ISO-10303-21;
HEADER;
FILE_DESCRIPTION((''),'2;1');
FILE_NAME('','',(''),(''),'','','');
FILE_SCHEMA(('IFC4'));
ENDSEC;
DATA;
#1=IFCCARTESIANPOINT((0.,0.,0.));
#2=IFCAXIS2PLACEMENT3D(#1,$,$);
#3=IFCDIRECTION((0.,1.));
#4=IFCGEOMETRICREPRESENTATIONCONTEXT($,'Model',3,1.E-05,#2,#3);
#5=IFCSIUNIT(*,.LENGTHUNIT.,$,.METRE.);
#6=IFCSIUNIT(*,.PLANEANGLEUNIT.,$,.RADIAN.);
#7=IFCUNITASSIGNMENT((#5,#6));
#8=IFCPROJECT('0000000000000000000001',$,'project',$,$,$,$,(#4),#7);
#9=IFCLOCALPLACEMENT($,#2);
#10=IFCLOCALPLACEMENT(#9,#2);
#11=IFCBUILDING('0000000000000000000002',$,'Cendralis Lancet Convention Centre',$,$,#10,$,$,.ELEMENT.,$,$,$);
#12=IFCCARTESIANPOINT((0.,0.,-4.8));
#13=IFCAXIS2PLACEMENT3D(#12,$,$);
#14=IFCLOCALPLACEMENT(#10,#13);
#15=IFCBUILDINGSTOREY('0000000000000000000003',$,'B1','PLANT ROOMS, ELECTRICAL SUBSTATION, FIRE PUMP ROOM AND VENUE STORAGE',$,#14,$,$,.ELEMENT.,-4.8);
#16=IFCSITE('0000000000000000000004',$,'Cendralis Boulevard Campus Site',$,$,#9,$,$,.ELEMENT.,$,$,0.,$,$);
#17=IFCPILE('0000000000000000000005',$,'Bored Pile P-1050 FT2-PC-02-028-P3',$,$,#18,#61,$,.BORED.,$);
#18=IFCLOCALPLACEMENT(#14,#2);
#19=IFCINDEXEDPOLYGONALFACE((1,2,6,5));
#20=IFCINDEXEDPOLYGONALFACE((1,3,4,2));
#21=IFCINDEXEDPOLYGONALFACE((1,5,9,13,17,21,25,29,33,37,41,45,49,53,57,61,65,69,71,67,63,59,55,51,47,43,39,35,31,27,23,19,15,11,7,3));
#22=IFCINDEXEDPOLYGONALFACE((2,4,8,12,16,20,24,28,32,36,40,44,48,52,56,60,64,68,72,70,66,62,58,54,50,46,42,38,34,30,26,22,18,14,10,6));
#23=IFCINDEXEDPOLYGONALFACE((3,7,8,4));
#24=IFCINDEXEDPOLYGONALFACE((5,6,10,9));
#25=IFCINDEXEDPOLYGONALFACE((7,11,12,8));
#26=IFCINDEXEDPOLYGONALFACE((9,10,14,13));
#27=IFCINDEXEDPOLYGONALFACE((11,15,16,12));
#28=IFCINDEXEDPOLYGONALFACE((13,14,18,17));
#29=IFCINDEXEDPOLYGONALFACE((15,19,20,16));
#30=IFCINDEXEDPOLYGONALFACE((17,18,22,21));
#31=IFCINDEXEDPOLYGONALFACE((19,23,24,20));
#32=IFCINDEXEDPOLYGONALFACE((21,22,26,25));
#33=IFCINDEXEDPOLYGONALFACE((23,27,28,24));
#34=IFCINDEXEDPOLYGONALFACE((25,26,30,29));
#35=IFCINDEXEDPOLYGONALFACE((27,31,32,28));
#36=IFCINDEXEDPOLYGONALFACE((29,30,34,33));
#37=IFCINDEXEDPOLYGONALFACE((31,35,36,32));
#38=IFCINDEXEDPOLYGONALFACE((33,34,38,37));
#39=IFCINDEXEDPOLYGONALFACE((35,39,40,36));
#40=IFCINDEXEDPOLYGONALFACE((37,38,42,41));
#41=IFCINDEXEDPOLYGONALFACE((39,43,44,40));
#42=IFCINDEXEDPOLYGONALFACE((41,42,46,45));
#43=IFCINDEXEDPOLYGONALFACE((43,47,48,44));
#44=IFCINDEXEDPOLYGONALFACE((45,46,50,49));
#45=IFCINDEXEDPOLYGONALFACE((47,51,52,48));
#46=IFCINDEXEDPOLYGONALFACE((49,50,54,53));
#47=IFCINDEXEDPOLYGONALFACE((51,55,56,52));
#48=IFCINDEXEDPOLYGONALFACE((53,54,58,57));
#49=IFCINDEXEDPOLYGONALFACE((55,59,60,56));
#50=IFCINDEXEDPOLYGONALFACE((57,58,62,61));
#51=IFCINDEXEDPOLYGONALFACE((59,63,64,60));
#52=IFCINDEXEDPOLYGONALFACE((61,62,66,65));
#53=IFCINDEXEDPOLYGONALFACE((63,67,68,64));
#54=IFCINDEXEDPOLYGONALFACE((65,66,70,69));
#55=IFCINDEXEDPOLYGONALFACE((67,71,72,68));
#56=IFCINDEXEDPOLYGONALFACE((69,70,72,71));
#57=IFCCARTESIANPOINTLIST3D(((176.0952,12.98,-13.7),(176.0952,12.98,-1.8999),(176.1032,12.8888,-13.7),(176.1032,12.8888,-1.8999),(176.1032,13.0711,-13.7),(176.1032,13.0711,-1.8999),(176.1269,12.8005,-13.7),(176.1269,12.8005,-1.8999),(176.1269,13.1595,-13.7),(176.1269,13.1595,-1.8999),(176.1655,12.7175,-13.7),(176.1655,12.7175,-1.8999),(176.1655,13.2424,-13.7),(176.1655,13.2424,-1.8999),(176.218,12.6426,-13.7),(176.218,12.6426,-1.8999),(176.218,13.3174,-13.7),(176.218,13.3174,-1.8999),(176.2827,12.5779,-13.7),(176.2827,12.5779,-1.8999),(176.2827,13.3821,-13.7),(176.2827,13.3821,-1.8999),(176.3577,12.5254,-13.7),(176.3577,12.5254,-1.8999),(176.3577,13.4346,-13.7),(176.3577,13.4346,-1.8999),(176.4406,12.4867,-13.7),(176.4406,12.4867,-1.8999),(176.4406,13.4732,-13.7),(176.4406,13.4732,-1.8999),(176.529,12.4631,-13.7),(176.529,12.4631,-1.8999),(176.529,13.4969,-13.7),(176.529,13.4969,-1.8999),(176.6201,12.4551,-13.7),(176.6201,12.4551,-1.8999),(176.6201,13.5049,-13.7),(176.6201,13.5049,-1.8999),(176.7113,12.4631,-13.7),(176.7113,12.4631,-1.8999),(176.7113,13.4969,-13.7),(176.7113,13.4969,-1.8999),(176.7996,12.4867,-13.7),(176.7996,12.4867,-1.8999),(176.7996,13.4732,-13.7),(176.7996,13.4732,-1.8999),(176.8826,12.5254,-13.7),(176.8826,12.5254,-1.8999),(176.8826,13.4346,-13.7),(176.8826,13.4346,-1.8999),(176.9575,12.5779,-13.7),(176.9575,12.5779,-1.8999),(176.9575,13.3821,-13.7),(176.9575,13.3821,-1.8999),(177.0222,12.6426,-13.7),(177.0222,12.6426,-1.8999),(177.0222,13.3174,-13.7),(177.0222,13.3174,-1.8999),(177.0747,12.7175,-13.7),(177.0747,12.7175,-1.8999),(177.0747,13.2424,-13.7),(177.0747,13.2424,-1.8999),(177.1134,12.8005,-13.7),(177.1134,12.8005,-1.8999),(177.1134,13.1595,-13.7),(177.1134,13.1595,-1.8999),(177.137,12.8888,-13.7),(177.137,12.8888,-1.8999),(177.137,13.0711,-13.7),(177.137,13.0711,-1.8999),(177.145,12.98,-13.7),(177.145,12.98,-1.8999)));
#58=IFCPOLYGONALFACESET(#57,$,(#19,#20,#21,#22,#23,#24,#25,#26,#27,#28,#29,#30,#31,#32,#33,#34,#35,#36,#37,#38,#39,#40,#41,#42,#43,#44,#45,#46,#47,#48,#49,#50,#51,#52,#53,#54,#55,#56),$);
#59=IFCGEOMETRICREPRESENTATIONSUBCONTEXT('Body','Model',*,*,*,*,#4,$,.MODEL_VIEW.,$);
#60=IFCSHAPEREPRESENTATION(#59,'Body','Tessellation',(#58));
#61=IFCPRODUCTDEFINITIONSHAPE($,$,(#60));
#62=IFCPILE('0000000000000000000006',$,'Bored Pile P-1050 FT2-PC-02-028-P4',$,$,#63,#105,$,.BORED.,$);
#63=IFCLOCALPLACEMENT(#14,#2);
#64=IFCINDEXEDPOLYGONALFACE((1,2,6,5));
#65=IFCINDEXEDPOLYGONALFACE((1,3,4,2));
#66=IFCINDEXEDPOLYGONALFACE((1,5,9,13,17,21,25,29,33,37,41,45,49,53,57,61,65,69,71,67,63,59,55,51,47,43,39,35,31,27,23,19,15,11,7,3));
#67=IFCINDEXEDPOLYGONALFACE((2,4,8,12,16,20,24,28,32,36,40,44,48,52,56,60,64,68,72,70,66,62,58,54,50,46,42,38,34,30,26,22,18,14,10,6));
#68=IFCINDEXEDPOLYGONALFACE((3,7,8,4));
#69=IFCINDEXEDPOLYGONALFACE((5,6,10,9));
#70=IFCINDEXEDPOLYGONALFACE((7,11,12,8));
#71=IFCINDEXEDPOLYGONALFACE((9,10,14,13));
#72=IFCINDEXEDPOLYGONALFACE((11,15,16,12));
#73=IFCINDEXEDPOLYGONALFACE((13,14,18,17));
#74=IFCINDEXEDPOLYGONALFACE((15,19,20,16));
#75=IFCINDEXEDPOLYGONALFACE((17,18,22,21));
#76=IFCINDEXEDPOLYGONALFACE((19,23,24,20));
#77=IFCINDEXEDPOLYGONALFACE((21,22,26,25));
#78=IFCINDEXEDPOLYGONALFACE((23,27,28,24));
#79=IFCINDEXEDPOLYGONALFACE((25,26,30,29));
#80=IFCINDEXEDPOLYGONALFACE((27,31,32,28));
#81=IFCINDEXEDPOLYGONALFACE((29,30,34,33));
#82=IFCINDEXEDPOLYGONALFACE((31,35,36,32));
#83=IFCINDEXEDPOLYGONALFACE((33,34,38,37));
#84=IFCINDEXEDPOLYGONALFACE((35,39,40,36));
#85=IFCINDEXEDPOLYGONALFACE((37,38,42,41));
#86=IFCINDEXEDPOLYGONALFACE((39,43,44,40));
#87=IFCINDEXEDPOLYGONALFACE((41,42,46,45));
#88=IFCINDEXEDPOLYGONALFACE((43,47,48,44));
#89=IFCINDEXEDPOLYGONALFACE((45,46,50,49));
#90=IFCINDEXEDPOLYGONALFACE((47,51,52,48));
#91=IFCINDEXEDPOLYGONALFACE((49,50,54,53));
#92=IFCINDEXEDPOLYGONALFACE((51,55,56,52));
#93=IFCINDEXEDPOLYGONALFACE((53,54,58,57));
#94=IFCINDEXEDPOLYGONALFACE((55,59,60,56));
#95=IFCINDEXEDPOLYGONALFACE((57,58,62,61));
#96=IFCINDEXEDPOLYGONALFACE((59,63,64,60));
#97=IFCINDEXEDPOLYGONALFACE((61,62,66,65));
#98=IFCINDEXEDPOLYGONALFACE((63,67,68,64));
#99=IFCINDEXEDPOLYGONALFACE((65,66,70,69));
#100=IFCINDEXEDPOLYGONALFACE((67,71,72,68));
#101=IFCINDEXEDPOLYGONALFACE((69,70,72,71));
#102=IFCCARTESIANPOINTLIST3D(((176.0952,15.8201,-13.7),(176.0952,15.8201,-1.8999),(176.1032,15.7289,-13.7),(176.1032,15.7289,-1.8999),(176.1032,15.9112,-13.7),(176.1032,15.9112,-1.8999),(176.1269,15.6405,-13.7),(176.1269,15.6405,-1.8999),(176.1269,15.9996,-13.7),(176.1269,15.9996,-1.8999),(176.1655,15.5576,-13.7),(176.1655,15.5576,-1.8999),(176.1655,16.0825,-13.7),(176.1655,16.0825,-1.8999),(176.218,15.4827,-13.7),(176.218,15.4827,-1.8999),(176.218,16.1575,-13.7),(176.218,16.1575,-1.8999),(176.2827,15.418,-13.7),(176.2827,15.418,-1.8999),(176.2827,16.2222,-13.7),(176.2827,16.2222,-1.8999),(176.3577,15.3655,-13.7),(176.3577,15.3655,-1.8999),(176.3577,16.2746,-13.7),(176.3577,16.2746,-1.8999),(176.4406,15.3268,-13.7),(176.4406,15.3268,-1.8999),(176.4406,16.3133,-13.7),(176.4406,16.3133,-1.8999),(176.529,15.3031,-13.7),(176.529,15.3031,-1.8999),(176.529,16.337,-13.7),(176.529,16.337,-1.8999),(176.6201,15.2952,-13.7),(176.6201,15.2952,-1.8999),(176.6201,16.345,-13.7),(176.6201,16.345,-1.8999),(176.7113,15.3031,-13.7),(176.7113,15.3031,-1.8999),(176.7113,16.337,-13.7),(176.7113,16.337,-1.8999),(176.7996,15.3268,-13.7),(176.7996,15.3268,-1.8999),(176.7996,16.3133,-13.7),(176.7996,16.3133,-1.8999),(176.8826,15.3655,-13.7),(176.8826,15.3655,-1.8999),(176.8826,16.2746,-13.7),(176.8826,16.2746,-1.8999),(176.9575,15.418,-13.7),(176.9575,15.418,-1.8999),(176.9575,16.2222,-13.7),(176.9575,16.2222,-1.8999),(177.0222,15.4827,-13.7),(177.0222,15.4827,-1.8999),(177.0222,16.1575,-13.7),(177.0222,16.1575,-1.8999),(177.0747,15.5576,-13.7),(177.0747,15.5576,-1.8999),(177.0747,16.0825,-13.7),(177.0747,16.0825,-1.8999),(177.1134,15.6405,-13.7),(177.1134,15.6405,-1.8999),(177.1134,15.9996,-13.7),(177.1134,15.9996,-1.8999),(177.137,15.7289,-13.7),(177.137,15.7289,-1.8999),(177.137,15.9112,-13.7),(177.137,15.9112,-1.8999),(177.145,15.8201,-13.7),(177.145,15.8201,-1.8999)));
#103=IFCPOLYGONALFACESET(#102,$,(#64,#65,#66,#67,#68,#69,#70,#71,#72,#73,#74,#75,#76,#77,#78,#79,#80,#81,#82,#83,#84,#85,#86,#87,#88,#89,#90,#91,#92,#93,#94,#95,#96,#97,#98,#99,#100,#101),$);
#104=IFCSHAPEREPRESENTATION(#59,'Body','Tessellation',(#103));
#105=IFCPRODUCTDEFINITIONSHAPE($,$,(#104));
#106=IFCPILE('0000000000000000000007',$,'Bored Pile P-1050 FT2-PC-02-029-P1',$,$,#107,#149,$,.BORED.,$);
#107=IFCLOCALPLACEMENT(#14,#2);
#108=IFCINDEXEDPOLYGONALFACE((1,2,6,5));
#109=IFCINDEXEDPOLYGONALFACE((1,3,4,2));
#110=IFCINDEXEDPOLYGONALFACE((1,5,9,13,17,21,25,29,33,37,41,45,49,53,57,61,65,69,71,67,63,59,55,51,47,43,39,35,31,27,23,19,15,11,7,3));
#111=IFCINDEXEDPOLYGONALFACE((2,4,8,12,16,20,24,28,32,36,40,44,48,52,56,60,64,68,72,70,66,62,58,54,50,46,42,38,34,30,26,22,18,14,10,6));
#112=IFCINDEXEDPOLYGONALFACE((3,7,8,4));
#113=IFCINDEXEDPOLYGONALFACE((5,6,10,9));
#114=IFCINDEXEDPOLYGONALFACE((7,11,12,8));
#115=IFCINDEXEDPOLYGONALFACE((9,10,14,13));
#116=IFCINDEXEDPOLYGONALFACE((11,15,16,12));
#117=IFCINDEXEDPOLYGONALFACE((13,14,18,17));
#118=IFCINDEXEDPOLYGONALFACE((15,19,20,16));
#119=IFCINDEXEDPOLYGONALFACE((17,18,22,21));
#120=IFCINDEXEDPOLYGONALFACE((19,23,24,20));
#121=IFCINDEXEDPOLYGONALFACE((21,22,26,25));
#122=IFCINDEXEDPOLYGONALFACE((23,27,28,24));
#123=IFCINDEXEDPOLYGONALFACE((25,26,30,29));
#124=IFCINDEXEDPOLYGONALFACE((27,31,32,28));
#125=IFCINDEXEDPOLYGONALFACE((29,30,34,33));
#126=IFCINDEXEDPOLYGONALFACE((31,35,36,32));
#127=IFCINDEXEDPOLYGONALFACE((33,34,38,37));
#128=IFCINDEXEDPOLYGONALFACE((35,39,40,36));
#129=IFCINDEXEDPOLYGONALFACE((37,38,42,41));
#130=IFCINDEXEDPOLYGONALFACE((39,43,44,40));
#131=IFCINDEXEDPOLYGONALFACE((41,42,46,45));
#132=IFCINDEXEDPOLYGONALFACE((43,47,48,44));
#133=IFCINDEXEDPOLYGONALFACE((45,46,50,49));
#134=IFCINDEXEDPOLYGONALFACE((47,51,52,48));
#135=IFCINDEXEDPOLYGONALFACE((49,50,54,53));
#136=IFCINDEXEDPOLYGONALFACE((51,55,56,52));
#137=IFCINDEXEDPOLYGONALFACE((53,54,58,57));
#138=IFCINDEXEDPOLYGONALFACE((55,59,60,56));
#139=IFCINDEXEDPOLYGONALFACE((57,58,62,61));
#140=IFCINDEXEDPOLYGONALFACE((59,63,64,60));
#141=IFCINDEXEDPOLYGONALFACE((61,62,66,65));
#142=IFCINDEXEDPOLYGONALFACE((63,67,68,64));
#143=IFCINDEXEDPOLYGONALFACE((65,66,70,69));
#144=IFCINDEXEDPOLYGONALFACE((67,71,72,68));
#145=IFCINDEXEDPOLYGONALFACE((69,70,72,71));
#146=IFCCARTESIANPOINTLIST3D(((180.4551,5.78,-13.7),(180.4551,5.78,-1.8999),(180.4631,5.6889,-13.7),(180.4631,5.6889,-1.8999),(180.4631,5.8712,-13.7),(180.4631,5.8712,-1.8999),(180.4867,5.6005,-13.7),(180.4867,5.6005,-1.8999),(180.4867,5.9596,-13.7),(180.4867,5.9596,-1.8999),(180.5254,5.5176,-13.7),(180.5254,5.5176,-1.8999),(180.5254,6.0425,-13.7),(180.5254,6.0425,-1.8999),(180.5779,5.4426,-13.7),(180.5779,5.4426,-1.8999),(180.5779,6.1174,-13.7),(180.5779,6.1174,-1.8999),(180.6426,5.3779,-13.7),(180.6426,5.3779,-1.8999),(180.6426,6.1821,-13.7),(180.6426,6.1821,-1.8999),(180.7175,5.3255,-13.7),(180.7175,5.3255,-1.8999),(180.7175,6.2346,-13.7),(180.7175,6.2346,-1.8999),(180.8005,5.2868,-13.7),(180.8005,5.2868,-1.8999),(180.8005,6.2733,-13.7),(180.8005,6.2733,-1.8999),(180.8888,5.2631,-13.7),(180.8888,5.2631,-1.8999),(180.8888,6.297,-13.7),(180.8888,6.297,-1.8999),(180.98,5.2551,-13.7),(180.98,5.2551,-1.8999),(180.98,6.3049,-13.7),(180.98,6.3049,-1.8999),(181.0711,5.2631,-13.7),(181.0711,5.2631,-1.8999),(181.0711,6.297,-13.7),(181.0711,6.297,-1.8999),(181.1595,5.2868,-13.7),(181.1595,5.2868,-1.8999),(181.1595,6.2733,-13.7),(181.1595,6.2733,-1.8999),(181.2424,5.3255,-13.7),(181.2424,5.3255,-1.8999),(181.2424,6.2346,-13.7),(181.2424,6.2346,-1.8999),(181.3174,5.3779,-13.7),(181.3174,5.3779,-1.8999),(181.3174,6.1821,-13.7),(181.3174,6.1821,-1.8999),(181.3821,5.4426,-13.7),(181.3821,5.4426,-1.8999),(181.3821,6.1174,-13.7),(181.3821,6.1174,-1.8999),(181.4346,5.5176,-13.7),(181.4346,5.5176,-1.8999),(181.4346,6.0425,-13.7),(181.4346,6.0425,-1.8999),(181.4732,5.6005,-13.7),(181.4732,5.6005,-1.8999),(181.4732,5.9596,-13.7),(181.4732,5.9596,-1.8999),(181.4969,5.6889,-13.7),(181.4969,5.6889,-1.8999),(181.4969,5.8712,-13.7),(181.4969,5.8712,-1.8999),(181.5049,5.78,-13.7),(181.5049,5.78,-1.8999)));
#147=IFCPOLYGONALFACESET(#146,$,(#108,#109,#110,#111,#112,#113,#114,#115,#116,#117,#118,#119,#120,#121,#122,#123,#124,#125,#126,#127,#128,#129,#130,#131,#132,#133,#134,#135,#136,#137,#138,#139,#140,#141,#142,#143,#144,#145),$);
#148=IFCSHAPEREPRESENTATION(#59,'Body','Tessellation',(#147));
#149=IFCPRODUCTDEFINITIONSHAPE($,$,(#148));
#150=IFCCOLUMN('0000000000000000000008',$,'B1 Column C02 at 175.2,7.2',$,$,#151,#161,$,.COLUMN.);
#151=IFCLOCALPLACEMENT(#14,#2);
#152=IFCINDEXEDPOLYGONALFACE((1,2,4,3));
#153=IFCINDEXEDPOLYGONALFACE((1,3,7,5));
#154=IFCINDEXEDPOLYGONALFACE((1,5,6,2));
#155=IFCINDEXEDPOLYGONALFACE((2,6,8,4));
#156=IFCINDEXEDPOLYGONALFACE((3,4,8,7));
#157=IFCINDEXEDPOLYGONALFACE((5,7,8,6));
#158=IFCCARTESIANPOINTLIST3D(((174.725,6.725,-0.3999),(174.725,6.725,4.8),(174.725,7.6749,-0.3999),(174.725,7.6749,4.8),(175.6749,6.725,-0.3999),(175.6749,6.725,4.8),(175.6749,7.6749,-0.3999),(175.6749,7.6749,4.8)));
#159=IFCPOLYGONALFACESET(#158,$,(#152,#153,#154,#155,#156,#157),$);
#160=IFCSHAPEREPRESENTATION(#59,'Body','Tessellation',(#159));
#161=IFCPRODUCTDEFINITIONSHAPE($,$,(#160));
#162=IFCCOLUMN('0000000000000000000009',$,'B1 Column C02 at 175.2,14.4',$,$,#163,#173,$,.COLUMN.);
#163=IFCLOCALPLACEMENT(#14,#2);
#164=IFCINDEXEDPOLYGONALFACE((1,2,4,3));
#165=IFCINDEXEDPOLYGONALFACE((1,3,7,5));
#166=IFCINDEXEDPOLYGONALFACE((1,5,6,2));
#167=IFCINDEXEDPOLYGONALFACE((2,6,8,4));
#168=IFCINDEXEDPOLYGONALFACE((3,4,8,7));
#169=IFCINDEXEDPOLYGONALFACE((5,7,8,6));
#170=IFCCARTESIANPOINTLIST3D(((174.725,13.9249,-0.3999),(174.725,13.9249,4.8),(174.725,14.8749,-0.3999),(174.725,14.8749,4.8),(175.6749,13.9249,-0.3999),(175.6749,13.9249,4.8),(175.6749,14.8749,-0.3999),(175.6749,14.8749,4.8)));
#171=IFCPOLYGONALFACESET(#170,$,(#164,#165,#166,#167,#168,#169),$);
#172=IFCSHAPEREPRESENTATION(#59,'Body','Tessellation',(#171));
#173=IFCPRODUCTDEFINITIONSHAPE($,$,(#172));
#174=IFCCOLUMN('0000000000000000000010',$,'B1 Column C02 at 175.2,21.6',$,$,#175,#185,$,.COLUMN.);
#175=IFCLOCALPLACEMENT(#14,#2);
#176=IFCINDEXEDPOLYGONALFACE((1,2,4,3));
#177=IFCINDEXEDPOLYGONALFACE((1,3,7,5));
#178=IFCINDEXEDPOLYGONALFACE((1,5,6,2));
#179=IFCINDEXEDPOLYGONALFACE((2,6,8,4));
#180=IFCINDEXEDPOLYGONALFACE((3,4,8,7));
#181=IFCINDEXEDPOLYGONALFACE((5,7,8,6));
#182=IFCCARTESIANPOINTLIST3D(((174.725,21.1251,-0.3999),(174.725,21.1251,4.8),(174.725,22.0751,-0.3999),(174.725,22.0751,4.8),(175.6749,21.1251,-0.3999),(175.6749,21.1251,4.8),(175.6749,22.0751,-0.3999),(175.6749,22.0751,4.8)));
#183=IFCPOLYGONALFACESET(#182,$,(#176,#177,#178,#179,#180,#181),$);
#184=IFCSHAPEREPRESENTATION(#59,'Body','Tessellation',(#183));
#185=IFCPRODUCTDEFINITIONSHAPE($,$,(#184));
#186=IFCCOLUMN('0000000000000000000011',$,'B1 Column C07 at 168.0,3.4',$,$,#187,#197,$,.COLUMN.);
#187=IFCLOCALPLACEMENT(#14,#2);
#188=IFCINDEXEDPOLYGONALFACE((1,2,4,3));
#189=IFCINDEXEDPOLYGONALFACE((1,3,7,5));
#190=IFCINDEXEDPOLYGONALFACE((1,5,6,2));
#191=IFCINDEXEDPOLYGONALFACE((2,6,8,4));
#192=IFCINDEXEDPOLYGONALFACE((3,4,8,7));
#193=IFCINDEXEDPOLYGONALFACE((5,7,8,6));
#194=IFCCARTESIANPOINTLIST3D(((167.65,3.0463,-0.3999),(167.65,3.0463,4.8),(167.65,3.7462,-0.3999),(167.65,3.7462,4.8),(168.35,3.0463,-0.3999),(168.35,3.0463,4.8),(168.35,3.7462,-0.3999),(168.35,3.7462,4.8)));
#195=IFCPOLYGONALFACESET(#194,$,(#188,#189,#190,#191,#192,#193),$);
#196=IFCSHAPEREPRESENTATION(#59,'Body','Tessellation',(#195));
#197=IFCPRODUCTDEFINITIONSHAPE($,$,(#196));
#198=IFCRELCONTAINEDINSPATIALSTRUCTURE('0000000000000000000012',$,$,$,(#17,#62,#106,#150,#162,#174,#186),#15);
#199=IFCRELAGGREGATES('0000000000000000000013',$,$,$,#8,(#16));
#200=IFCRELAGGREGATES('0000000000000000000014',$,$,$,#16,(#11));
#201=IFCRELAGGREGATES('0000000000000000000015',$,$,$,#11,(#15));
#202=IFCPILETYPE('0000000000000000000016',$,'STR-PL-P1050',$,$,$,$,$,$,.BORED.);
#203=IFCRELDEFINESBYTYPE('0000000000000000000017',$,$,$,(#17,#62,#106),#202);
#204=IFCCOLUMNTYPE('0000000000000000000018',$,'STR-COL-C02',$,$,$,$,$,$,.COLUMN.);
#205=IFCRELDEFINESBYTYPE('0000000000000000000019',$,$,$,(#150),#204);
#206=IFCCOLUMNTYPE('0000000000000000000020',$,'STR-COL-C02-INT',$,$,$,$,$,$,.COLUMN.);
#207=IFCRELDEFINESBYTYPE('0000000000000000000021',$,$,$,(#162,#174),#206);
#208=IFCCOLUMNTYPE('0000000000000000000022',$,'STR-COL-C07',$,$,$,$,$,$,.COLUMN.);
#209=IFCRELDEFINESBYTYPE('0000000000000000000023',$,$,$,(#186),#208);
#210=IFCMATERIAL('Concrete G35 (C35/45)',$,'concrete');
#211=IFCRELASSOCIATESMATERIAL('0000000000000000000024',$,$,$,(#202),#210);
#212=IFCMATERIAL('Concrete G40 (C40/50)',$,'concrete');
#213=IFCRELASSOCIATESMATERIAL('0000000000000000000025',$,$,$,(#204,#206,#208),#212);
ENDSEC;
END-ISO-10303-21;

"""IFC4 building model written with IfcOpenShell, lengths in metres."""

from ifc_helpers import new_model, si_unit, direction, frame, origin, origin_2d, place, context, subcontext, project, spatial, rectangle, circle, extrude, material, material_profile, profile_set, type_object, element, save


model = new_model("IFC4")

# Units and contexts
model_context = context("Model", 3, precision=1e-05, world=origin(), true_north=direction((0.0, 1.0)))
body_context = subcontext(model_context, "Body", "Model", "MODEL_VIEW")
ifc_project = project(units=[si_unit("LENGTHUNIT", "METRE"), si_unit("PLANEANGLEUNIT", "RADIAN")], contexts=[model_context])

# Site, building, storey
site_placement = place(None, origin())
site = spatial("IfcSite", under=ifc_project, at=site_placement, Name="Cendralis Boulevard Campus Site", CompositionType="ELEMENT", RefElevation=0.0)
building_placement = place(site_placement, origin())
building = spatial("IfcBuilding", under=site, at=building_placement, Name="Cendralis Lancet Convention Centre", CompositionType="ELEMENT")
storey_placement = place(building_placement, frame((0.0, 0.0, -4.8)))
storey = spatial("IfcBuildingStorey", under=building, at=storey_placement, Name="B1", Description="PLANT ROOMS, ELECTRICAL SUBSTATION, FIRE PUMP ROOM AND VENUE STORAGE", CompositionType="ELEMENT", Elevation=-4.8)

# Shared definitions
ifc_material_1 = material(Name="Concrete G35 (C35/45)", Category="concrete")

# Piles
ifc_material_profile_1 = material_profile(ifc_material_1, circle(Radius=0.5249, at=origin_2d()), Name="BORED PILE D1050")
ifc_profile_set_1 = profile_set([ifc_material_profile_1], Name="Concrete G35 (C35/45)")
pile_type = type_object("IfcPileType", Name="STR-PL-P1050", PredefinedType="BORED", material=ifc_profile_set_1)
for number, where, z_axis, x_axis, name in (
    (1, (176.6201, 12.98, -1.8999), (0.0, 0.0, -1.0), (1.0, 0.0, 0.0), "Bored Pile P-1050 FT2-PC-02-028-P3"),
    (2, (176.6201, 15.8201, -1.8999), (0.0, 0.0, -1.0), (1.0, 0.0, 0.0), "Bored Pile P-1050 FT2-PC-02-028-P4"),
    (3, (180.98, 5.78, -1.8999), (0.0, 0.0, -1.0), (1.0, 0.0, 0.0), "Bored Pile P-1050 FT2-PC-02-029-P1"),
):
    element("IfcPile", number, at=place(storey_placement, frame(where, z_axis=z_axis, x_axis=x_axis)), inside=storey, type_object=pile_type, Name=name, PredefinedType="BORED", context=body_context, shape_type="SweptSolid", body=[
        extrude(circle(Radius=0.5249, at=origin_2d()), origin(), (0.0, 0.0, 1.0), 11.8),
    ])

# Columns
ifc_material_2 = material(Name="Concrete G40 (C40/50)", Category="concrete")
ifc_material_profile_2 = material_profile(ifc_material_2, rectangle(XDim=0.95, YDim=0.95, at=origin_2d()), Name="RC 950x950")
ifc_profile_set_2 = profile_set([ifc_material_profile_2], Name="Concrete G40 (C40/50)")
column_type_1 = type_object("IfcColumnType", Name="STR-COL-C02", PredefinedType="COLUMN", material=ifc_profile_set_2)
column_1_placement = place(storey_placement, frame((175.2, 7.2, -0.3999), z_axis=(0.0, 0.0, 1.0), x_axis=(1.0, 0.0, 0.0)))
element("IfcColumn", 4, at=column_1_placement, inside=storey, type_object=column_type_1, Name="B1 Column C02 at 175.2,7.2", PredefinedType="COLUMN", context=body_context, shape_type="SweptSolid", body=[
    extrude(rectangle(XDim=0.95, YDim=0.95, at=origin_2d()), origin(), (0.0, 0.0, 1.0), 5.2),
])
ifc_material_profile_3 = material_profile(ifc_material_2, rectangle(XDim=0.95, YDim=0.95, at=origin_2d()), Name="RC 950x950")
ifc_profile_set_3 = profile_set([ifc_material_profile_3], Name="Concrete G40 (C40/50)")
column_type_2 = type_object("IfcColumnType", Name="STR-COL-C02-INT", PredefinedType="COLUMN", material=ifc_profile_set_3)
for number, where, z_axis, x_axis, name in (
    (5, (175.2, 14.3999, -0.3999), (0.0, 0.0, 1.0), (1.0, 0.0, 0.0), "B1 Column C02 at 175.2,14.4"),
    (6, (175.2, 21.6001, -0.3999), (0.0, 0.0, 1.0), (1.0, 0.0, 0.0), "B1 Column C02 at 175.2,21.6"),
):
    element("IfcColumn", number, at=place(storey_placement, frame(where, z_axis=z_axis, x_axis=x_axis)), inside=storey, type_object=column_type_2, Name=name, PredefinedType="COLUMN", context=body_context, shape_type="SweptSolid", body=[
        extrude(rectangle(XDim=0.95, YDim=0.95, at=origin_2d()), origin(), (0.0, 0.0, 1.0), 5.2),
    ])
ifc_material_profile_4 = material_profile(ifc_material_2, rectangle(XDim=0.7, YDim=0.7, at=origin_2d()), Name="RC 700x700")
ifc_profile_set_4 = profile_set([ifc_material_profile_4], Name="Concrete G40 (C40/50)")
column_type_3 = type_object("IfcColumnType", Name="STR-COL-C07", PredefinedType="COLUMN", material=ifc_profile_set_4)
column_2_placement = place(storey_placement, frame((168.0, 3.3962, -0.3999), z_axis=(0.0, 0.0, 1.0), x_axis=(1.0, 0.0, 0.0)))
element("IfcColumn", 7, at=column_2_placement, inside=storey, type_object=column_type_3, Name="B1 Column C07 at 168.0,3.4", PredefinedType="COLUMN", context=body_context, shape_type="SweptSolid", body=[
    extrude(rectangle(XDim=0.7, YDim=0.7, at=origin_2d()), origin(), (0.0, 0.0, 1.0), 5.2),
])

save(model, "model.ifc")
